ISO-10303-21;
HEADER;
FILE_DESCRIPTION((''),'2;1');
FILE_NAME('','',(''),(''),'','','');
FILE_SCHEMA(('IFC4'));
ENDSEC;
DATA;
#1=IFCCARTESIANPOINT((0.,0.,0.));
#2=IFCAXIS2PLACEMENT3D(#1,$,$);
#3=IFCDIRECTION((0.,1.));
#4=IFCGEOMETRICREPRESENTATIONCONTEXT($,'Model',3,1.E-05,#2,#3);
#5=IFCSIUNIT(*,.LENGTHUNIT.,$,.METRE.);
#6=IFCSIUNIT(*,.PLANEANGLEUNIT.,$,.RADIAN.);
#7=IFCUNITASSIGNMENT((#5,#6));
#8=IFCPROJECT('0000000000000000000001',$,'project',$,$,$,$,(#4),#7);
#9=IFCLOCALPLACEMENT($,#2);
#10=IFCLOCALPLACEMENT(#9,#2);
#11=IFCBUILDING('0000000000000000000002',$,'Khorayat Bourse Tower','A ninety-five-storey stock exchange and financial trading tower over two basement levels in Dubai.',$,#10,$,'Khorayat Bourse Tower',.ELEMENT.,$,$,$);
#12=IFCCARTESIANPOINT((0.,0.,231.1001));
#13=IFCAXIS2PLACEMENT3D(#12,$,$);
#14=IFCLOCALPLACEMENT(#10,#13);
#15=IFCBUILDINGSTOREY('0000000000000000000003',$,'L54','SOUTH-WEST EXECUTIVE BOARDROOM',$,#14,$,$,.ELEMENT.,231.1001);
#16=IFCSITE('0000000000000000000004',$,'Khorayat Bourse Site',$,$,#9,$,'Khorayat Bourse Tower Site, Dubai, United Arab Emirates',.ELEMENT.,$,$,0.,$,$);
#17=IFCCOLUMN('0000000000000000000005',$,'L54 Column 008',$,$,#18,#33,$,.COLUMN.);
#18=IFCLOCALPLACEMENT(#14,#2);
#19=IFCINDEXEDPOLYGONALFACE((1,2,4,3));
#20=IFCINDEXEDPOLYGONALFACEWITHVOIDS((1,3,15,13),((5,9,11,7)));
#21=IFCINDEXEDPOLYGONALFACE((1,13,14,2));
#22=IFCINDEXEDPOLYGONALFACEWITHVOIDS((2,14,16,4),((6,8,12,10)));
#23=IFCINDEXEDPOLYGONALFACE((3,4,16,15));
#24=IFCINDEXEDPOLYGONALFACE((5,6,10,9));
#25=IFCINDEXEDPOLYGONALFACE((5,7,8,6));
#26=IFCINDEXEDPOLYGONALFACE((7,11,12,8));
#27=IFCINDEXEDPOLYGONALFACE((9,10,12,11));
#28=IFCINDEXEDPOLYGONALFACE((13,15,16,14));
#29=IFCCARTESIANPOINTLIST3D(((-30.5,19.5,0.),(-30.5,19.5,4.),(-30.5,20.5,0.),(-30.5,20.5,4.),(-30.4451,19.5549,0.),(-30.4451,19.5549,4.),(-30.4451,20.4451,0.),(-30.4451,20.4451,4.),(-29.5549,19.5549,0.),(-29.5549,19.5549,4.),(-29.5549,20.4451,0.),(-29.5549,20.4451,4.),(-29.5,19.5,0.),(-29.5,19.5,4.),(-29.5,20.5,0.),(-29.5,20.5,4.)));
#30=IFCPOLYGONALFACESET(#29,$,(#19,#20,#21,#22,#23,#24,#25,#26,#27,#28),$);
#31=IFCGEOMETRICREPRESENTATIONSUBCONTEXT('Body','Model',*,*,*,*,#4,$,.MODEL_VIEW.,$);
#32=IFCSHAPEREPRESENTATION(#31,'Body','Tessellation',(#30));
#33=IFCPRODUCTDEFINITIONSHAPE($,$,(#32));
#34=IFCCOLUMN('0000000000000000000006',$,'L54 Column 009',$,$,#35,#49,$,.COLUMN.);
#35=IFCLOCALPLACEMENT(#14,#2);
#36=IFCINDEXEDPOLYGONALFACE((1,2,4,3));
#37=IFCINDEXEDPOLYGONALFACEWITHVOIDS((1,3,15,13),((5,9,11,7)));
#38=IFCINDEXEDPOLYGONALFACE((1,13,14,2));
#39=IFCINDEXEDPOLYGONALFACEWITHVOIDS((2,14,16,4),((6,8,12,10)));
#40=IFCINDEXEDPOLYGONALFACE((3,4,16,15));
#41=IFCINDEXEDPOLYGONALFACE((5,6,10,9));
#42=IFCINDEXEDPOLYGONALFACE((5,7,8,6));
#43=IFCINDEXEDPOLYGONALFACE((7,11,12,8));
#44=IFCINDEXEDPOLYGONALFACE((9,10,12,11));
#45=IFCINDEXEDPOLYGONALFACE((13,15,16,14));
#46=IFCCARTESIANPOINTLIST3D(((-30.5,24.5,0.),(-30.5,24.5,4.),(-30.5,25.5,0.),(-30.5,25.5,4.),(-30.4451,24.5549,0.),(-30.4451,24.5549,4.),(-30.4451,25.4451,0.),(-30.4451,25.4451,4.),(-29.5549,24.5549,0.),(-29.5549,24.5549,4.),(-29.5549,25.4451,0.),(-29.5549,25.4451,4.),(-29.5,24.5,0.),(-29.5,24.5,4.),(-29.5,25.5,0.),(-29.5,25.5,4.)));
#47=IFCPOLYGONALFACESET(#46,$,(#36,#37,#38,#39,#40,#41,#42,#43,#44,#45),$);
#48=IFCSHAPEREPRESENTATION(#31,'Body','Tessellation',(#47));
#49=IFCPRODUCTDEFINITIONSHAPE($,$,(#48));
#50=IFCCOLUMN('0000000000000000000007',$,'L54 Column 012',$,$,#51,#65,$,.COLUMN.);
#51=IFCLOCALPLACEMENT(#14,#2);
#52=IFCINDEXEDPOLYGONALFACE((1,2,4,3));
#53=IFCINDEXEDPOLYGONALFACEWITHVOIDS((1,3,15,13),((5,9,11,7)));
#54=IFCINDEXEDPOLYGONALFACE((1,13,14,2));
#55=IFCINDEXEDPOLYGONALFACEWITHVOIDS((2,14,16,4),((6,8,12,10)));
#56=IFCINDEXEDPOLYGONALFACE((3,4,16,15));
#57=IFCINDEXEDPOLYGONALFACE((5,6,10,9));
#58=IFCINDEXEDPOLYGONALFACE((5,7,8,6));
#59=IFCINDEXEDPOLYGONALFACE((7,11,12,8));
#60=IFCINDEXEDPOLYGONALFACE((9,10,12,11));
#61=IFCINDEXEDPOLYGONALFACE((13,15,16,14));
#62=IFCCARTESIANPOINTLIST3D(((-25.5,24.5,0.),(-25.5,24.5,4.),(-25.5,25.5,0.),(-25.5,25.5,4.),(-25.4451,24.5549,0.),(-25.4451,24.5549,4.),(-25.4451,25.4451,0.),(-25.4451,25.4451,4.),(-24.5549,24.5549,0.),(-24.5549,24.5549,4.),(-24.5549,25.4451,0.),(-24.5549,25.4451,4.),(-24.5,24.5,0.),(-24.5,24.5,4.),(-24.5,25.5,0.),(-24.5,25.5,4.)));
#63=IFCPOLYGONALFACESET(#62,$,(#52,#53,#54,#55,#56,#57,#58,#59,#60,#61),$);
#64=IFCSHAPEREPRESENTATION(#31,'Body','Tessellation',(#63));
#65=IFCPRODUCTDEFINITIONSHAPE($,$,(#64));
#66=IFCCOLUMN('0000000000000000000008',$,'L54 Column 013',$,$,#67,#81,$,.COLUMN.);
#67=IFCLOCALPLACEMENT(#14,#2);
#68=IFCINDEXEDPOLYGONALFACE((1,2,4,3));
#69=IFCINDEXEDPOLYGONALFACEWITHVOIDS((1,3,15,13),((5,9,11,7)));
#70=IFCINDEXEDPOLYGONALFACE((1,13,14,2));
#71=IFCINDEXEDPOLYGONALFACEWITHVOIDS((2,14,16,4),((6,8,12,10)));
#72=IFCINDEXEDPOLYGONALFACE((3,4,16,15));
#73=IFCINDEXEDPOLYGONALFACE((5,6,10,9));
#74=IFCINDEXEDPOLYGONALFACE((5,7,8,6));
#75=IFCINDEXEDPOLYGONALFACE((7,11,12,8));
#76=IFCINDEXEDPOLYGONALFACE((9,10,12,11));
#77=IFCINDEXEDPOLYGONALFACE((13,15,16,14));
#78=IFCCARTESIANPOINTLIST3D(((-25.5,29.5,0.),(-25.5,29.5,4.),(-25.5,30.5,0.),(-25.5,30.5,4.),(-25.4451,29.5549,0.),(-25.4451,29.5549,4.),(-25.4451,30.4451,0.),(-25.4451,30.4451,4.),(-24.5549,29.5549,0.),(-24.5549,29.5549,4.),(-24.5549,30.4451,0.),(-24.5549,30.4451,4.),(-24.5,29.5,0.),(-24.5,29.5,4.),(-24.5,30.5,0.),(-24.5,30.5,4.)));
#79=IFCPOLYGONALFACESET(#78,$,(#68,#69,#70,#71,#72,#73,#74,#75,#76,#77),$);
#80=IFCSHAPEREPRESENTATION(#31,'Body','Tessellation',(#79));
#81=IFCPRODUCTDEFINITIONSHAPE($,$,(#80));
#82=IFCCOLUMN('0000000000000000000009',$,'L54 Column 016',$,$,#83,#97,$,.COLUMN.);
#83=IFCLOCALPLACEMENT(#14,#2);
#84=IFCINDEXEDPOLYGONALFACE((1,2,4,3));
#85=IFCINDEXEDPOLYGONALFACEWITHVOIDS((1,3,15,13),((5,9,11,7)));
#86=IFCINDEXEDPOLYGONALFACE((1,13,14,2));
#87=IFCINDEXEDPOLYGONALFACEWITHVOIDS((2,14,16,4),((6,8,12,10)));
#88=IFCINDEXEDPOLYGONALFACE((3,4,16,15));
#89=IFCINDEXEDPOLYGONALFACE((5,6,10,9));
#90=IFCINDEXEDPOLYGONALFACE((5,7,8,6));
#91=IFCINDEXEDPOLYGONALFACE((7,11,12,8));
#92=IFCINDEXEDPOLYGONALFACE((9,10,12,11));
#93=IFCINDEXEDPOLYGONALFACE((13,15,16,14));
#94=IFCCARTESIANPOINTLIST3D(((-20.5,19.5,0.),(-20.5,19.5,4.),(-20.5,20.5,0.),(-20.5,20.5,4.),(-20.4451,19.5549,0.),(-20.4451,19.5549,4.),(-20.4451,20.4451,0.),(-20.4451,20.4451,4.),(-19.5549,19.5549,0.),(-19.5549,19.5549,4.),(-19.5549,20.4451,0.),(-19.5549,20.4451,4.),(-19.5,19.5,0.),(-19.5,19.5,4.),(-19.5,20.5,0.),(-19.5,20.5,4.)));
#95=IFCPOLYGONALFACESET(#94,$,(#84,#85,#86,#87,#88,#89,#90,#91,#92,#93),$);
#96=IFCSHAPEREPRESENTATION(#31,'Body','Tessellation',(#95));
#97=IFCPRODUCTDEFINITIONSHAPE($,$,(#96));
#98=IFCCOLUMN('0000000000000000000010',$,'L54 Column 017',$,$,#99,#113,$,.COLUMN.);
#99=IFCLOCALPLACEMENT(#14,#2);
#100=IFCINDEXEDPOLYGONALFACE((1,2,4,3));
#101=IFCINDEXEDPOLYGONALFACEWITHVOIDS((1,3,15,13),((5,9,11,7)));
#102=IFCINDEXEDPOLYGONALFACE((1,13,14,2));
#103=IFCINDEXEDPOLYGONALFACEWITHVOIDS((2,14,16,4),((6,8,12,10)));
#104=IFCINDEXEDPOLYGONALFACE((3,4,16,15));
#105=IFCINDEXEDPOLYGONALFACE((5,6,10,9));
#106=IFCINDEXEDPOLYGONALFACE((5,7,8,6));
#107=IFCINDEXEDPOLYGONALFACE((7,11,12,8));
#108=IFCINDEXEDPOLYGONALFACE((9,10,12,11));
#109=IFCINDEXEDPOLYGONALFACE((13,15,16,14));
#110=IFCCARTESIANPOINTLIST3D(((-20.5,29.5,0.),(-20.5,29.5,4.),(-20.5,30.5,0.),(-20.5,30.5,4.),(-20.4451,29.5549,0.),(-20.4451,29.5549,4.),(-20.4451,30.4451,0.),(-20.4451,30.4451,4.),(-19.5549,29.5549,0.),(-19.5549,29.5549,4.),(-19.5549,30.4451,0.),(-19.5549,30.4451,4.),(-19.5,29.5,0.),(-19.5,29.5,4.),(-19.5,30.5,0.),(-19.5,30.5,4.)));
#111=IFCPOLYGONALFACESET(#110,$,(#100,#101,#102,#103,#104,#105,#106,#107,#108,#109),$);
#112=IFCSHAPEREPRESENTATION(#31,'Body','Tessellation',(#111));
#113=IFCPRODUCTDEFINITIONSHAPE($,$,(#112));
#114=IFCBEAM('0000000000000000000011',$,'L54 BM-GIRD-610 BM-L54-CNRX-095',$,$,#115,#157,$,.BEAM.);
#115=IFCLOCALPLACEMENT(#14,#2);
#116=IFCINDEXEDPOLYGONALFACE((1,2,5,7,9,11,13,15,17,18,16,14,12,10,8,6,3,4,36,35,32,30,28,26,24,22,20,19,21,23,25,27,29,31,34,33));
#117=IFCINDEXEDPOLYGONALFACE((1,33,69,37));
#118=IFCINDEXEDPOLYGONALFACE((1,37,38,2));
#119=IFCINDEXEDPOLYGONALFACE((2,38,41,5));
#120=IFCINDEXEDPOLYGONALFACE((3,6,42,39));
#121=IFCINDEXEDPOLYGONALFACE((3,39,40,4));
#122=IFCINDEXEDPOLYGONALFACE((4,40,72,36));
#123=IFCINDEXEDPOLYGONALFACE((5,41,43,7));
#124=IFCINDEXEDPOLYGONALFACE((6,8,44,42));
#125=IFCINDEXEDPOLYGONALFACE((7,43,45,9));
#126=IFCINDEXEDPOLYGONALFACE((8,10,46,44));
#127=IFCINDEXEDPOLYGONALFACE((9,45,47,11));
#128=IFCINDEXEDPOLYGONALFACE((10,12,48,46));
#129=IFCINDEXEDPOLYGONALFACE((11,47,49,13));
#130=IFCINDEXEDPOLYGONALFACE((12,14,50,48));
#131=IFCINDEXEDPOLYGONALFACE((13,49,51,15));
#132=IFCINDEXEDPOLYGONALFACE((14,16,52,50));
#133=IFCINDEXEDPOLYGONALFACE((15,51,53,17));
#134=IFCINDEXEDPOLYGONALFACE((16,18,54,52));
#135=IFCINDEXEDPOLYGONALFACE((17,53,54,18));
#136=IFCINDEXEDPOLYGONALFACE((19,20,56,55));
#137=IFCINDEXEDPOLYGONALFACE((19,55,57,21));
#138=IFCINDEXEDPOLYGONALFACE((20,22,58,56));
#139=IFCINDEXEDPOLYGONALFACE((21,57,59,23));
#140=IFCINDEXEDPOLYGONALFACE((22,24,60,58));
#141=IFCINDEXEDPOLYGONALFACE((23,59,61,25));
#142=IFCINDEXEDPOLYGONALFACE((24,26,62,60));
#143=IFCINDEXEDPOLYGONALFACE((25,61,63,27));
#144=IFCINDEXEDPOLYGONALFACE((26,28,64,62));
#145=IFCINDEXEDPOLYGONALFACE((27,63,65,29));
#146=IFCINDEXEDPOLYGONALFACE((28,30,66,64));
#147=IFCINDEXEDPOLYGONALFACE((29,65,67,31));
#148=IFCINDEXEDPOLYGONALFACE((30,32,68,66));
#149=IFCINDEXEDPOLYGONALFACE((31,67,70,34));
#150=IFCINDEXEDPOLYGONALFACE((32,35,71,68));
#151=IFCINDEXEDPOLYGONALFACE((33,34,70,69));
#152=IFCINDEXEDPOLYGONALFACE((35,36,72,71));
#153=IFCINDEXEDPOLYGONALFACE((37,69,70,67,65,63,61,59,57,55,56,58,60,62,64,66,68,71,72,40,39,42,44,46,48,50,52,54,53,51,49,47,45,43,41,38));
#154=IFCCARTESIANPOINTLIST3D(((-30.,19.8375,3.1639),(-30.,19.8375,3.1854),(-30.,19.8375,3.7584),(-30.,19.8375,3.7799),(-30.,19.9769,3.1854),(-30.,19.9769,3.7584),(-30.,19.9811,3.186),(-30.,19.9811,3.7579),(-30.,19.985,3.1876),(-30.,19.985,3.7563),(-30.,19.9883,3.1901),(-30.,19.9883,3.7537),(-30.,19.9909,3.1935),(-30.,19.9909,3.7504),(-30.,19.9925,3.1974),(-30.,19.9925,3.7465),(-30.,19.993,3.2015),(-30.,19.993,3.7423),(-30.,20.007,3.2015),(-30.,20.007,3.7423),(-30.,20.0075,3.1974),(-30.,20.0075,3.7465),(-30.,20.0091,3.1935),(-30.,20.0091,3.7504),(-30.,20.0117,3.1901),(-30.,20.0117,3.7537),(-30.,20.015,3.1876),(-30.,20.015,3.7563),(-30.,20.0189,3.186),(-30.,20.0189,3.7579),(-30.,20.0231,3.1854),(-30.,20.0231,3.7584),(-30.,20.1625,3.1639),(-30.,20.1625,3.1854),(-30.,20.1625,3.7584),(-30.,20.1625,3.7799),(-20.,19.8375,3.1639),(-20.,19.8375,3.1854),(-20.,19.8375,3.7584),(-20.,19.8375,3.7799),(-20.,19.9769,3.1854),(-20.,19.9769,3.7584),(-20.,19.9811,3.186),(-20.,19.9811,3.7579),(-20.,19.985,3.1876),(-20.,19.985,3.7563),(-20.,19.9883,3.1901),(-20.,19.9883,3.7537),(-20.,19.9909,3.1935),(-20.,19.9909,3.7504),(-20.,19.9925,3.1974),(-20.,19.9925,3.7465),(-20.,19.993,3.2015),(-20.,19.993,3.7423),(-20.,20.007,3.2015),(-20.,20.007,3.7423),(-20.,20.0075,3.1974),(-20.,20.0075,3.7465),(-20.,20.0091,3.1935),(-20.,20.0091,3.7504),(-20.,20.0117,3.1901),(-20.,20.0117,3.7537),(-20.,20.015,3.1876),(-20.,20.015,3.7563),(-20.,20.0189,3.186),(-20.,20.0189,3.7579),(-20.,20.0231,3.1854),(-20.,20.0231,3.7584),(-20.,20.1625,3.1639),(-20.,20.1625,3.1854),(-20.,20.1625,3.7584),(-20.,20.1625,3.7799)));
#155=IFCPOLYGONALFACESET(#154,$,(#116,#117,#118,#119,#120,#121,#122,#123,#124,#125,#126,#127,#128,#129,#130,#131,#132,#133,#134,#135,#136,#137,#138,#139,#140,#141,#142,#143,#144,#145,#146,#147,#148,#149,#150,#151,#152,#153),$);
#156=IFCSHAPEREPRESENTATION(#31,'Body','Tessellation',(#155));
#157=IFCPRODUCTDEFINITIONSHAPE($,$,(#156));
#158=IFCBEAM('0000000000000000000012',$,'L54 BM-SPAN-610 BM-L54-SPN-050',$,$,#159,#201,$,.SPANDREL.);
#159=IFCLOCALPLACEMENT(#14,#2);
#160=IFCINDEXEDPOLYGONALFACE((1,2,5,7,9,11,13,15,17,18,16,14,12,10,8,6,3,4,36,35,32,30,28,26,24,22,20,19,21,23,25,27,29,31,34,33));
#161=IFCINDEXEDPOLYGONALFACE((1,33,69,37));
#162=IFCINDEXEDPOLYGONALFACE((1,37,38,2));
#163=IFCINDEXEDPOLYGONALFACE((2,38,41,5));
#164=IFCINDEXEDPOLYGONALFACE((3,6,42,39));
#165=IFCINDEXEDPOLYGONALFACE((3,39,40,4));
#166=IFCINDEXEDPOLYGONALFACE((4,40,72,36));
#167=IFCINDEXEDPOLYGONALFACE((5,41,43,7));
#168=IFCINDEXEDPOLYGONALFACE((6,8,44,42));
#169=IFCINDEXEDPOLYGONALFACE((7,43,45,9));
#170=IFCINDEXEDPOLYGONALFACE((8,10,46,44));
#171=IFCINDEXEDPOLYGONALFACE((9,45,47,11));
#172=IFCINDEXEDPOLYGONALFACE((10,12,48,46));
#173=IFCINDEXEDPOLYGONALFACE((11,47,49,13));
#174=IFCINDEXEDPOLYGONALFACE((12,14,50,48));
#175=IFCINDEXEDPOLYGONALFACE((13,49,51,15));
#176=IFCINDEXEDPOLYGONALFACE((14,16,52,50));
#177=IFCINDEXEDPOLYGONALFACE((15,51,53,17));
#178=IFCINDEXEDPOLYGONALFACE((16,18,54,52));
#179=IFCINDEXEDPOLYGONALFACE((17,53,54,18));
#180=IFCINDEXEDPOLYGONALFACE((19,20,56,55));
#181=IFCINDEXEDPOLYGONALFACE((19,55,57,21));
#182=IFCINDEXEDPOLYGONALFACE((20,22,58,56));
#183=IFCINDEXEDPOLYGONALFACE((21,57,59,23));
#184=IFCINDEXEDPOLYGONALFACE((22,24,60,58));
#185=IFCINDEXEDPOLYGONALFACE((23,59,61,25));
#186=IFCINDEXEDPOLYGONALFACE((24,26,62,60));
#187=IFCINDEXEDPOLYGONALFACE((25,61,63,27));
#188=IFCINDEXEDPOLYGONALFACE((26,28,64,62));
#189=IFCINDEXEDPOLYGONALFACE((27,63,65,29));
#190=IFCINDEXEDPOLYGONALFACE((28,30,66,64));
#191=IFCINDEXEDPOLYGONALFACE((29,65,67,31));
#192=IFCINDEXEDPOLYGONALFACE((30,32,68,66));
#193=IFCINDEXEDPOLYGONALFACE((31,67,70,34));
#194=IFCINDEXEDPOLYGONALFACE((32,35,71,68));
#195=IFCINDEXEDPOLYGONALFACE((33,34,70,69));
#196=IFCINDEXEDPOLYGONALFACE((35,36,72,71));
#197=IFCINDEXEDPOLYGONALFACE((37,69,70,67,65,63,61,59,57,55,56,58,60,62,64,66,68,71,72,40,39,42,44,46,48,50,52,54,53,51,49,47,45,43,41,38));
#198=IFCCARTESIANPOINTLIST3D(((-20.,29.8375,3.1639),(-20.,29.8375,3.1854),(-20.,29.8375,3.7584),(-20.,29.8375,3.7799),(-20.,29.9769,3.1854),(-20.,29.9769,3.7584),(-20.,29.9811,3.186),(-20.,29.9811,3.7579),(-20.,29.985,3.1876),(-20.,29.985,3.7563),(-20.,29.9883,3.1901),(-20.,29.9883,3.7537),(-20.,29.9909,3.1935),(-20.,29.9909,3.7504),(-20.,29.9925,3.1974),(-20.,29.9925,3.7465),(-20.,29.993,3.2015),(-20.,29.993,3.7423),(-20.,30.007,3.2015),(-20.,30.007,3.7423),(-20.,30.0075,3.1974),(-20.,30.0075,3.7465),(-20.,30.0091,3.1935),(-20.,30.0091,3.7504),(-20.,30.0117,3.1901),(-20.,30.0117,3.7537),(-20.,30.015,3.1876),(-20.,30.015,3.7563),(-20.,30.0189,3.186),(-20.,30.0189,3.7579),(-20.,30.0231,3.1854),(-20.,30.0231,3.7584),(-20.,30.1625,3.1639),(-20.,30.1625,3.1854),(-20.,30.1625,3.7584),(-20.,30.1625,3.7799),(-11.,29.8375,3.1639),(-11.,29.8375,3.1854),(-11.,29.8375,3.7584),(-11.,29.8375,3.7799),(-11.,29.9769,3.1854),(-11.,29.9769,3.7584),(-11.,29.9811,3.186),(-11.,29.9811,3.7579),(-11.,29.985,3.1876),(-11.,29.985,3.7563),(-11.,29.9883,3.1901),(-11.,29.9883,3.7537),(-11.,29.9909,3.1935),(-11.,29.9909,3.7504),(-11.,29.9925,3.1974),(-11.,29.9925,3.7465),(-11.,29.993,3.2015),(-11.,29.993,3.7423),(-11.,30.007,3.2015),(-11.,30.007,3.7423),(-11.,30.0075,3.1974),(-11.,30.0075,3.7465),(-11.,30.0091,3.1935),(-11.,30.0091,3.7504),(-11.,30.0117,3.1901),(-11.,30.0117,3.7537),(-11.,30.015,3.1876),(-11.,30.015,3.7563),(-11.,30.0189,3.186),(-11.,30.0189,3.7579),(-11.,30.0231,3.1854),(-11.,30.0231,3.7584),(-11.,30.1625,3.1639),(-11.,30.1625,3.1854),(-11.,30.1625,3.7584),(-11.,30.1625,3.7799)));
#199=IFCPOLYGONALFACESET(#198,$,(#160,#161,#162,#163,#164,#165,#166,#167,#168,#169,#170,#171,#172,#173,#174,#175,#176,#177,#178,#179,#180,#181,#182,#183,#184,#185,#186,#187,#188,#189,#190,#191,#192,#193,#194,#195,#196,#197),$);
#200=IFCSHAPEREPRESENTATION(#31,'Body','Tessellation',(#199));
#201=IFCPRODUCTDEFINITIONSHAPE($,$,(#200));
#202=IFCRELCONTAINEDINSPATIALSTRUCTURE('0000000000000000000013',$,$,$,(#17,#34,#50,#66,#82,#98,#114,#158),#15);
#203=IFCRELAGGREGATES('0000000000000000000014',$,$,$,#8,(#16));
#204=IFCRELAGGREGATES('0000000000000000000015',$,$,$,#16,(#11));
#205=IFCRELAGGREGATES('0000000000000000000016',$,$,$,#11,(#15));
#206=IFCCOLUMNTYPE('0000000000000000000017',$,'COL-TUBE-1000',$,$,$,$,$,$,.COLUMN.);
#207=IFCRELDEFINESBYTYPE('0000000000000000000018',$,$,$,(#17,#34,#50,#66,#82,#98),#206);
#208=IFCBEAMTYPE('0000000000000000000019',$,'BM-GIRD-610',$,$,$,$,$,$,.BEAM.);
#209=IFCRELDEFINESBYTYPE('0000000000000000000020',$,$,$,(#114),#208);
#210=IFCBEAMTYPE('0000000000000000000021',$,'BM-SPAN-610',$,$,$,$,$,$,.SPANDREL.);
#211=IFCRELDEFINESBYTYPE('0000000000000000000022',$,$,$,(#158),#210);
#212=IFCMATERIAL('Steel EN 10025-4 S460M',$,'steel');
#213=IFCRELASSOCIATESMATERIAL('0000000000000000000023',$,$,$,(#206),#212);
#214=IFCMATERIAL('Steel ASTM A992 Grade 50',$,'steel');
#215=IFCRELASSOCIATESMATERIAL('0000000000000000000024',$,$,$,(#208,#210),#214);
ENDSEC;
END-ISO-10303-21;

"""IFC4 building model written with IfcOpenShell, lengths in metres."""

from ifc_helpers import new_model, si_unit, direction, frame, origin, origin_2d, place, context, subcontext, project, spatial, hollow_rectangle, i_section, extrude, source, transform, mapped, material, material_profile, profile_set, type_object, element, save


model = new_model("IFC4")

# Units and contexts
model_context = context("Model", 3, precision=1e-05, world=origin(), true_north=direction((0.0, 1.0)))
body_context = subcontext(model_context, "Body", "Model", "MODEL_VIEW")
ifc_project = project(units=[si_unit("LENGTHUNIT", "METRE"), si_unit("PLANEANGLEUNIT", "RADIAN")], contexts=[model_context])

# Site, building, storey
site_placement = place(None, origin())
site = spatial("IfcSite", under=ifc_project, at=site_placement, Name="Khorayat Bourse Site", LongName="Khorayat Bourse Tower Site, Dubai, United Arab Emirates", CompositionType="ELEMENT", RefElevation=0.0)
building_placement = place(site_placement, origin())
building = spatial("IfcBuilding", under=site, at=building_placement, Name="Khorayat Bourse Tower", Description="A ninety-five-storey stock exchange and financial trading tower over two basement levels in Dubai.", LongName="Khorayat Bourse Tower", CompositionType="ELEMENT")
storey_placement = place(building_placement, frame((0.0, 0.0, 231.1001)))
storey = spatial("IfcBuildingStorey", under=building, at=storey_placement, Name="L54", Description="SOUTH-WEST EXECUTIVE BOARDROOM", CompositionType="ELEMENT", Elevation=231.1001)

# Columns
ifc_material_1 = material(Name="Steel EN 10025-4 S460M", Category="steel")
ifc_material_profile_1 = material_profile(ifc_material_1, hollow_rectangle(XDim=1.0, YDim=1.0, WallThickness=0.0549, at=origin_2d()), Name="BOX 1000x1000x55")
ifc_profile_set_1 = profile_set([ifc_material_profile_1], Name="Steel EN 10025-4 S460M")
column_type = type_object("IfcColumnType", Name="COL-TUBE-1000", PredefinedType="COLUMN", material=ifc_profile_set_1)
shared_shape_1 = source(origin(), body_context, "Body", "SweptSolid", [
    extrude(hollow_rectangle(XDim=1.0, YDim=1.0, WallThickness=0.0549, at=origin_2d()), origin(), (0.0, 0.0, 1.0), 4.0),
])
for number, where, z_axis, x_axis, name in (
    (1, (-30.0, 20.0, 0.0), (0.0, 0.0, 1.0), (1.0, 0.0, 0.0), "L54 Column 008"),
    (2, (-30.0, 25.0, 0.0), (0.0, 0.0, 1.0), (1.0, 0.0, 0.0), "L54 Column 009"),
    (3, (-25.0, 25.0, 0.0), (0.0, 0.0, 1.0), (1.0, 0.0, 0.0), "L54 Column 012"),
    (4, (-25.0, 30.0, 0.0), (0.0, 0.0, 1.0), (1.0, 0.0, 0.0), "L54 Column 013"),
    (5, (-20.0, 20.0, 0.0), (0.0, 0.0, 1.0), (1.0, 0.0, 0.0), "L54 Column 016"),
    (6, (-20.0, 30.0, 0.0), (0.0, 0.0, 1.0), (1.0, 0.0, 0.0), "L54 Column 017"),
):
    element("IfcColumn", number, at=place(storey_placement, frame(where, z_axis=z_axis, x_axis=x_axis)), inside=storey, type_object=column_type, Name=name, PredefinedType="COLUMN", context=body_context, shape_type="MappedRepresentation", body=[
        mapped(shared_shape_1, transform((0.0, 0.0, 0.0), scale=1.0)),
    ])

# Beams
ifc_material_2 = material(Name="Steel ASTM A992 Grade 50", Category="steel")
ifc_material_profile_2 = material_profile(ifc_material_2, i_section(OverallWidth=0.325, OverallDepth=0.616, WebThickness=0.0139, FlangeThickness=0.0215, FilletRadius=0.0161, at=origin_2d()), Name="W610X174")
ifc_profile_set_2 = profile_set([ifc_material_profile_2], Name="Steel ASTM A992 Grade 50")
beam_type_1 = type_object("IfcBeamType", Name="BM-GIRD-610", PredefinedType="BEAM", material=ifc_profile_set_2)
shared_shape_2 = source(origin(), body_context, "Body", "SweptSolid", [
    extrude(i_section(OverallWidth=0.325, OverallDepth=0.616, WebThickness=0.0139, FlangeThickness=0.0215, FilletRadius=0.0161, at=origin_2d()), origin(), (0.0, 0.0, 1.0), 10.0),
])
beam_1_placement = place(storey_placement, frame((-30.0, 20.0, 3.4719), z_axis=(1.0, 0.0, 0.0), x_axis=(0.0, 1.0, 0.0)))
element("IfcBeam", 7, at=beam_1_placement, inside=storey, type_object=beam_type_1, Name="L54 BM-GIRD-610 BM-L54-CNRX-095", PredefinedType="BEAM", context=body_context, shape_type="MappedRepresentation", body=[
    mapped(shared_shape_2, transform((0.0, 0.0, 0.0), scale=1.0)),
])
ifc_material_profile_3 = material_profile(ifc_material_2, i_section(OverallWidth=0.325, OverallDepth=0.616, WebThickness=0.0139, FlangeThickness=0.0215, FilletRadius=0.0161, at=origin_2d()), Name="W610X174")
ifc_profile_set_3 = profile_set([ifc_material_profile_3], Name="Steel ASTM A992 Grade 50")
beam_type_2 = type_object("IfcBeamType", Name="BM-SPAN-610", PredefinedType="SPANDREL", material=ifc_profile_set_3)
shared_shape_3 = source(origin(), body_context, "Body", "SweptSolid", [
    extrude(i_section(OverallWidth=0.325, OverallDepth=0.616, WebThickness=0.0139, FlangeThickness=0.0215, FilletRadius=0.0161, at=origin_2d()), origin(), (0.0, 0.0, 1.0), 9.0),
])
beam_2_placement = place(storey_placement, frame((-20.0, 30.0, 3.4719), z_axis=(1.0, 0.0, 0.0), x_axis=(0.0, 1.0, 0.0)))
element("IfcBeam", 8, at=beam_2_placement, inside=storey, type_object=beam_type_2, Name="L54 BM-SPAN-610 BM-L54-SPN-050", PredefinedType="SPANDREL", context=body_context, shape_type="MappedRepresentation", body=[
    mapped(shared_shape_3, transform((0.0, 0.0, 0.0), scale=1.0)),
])

save(model, "model.ifc")
